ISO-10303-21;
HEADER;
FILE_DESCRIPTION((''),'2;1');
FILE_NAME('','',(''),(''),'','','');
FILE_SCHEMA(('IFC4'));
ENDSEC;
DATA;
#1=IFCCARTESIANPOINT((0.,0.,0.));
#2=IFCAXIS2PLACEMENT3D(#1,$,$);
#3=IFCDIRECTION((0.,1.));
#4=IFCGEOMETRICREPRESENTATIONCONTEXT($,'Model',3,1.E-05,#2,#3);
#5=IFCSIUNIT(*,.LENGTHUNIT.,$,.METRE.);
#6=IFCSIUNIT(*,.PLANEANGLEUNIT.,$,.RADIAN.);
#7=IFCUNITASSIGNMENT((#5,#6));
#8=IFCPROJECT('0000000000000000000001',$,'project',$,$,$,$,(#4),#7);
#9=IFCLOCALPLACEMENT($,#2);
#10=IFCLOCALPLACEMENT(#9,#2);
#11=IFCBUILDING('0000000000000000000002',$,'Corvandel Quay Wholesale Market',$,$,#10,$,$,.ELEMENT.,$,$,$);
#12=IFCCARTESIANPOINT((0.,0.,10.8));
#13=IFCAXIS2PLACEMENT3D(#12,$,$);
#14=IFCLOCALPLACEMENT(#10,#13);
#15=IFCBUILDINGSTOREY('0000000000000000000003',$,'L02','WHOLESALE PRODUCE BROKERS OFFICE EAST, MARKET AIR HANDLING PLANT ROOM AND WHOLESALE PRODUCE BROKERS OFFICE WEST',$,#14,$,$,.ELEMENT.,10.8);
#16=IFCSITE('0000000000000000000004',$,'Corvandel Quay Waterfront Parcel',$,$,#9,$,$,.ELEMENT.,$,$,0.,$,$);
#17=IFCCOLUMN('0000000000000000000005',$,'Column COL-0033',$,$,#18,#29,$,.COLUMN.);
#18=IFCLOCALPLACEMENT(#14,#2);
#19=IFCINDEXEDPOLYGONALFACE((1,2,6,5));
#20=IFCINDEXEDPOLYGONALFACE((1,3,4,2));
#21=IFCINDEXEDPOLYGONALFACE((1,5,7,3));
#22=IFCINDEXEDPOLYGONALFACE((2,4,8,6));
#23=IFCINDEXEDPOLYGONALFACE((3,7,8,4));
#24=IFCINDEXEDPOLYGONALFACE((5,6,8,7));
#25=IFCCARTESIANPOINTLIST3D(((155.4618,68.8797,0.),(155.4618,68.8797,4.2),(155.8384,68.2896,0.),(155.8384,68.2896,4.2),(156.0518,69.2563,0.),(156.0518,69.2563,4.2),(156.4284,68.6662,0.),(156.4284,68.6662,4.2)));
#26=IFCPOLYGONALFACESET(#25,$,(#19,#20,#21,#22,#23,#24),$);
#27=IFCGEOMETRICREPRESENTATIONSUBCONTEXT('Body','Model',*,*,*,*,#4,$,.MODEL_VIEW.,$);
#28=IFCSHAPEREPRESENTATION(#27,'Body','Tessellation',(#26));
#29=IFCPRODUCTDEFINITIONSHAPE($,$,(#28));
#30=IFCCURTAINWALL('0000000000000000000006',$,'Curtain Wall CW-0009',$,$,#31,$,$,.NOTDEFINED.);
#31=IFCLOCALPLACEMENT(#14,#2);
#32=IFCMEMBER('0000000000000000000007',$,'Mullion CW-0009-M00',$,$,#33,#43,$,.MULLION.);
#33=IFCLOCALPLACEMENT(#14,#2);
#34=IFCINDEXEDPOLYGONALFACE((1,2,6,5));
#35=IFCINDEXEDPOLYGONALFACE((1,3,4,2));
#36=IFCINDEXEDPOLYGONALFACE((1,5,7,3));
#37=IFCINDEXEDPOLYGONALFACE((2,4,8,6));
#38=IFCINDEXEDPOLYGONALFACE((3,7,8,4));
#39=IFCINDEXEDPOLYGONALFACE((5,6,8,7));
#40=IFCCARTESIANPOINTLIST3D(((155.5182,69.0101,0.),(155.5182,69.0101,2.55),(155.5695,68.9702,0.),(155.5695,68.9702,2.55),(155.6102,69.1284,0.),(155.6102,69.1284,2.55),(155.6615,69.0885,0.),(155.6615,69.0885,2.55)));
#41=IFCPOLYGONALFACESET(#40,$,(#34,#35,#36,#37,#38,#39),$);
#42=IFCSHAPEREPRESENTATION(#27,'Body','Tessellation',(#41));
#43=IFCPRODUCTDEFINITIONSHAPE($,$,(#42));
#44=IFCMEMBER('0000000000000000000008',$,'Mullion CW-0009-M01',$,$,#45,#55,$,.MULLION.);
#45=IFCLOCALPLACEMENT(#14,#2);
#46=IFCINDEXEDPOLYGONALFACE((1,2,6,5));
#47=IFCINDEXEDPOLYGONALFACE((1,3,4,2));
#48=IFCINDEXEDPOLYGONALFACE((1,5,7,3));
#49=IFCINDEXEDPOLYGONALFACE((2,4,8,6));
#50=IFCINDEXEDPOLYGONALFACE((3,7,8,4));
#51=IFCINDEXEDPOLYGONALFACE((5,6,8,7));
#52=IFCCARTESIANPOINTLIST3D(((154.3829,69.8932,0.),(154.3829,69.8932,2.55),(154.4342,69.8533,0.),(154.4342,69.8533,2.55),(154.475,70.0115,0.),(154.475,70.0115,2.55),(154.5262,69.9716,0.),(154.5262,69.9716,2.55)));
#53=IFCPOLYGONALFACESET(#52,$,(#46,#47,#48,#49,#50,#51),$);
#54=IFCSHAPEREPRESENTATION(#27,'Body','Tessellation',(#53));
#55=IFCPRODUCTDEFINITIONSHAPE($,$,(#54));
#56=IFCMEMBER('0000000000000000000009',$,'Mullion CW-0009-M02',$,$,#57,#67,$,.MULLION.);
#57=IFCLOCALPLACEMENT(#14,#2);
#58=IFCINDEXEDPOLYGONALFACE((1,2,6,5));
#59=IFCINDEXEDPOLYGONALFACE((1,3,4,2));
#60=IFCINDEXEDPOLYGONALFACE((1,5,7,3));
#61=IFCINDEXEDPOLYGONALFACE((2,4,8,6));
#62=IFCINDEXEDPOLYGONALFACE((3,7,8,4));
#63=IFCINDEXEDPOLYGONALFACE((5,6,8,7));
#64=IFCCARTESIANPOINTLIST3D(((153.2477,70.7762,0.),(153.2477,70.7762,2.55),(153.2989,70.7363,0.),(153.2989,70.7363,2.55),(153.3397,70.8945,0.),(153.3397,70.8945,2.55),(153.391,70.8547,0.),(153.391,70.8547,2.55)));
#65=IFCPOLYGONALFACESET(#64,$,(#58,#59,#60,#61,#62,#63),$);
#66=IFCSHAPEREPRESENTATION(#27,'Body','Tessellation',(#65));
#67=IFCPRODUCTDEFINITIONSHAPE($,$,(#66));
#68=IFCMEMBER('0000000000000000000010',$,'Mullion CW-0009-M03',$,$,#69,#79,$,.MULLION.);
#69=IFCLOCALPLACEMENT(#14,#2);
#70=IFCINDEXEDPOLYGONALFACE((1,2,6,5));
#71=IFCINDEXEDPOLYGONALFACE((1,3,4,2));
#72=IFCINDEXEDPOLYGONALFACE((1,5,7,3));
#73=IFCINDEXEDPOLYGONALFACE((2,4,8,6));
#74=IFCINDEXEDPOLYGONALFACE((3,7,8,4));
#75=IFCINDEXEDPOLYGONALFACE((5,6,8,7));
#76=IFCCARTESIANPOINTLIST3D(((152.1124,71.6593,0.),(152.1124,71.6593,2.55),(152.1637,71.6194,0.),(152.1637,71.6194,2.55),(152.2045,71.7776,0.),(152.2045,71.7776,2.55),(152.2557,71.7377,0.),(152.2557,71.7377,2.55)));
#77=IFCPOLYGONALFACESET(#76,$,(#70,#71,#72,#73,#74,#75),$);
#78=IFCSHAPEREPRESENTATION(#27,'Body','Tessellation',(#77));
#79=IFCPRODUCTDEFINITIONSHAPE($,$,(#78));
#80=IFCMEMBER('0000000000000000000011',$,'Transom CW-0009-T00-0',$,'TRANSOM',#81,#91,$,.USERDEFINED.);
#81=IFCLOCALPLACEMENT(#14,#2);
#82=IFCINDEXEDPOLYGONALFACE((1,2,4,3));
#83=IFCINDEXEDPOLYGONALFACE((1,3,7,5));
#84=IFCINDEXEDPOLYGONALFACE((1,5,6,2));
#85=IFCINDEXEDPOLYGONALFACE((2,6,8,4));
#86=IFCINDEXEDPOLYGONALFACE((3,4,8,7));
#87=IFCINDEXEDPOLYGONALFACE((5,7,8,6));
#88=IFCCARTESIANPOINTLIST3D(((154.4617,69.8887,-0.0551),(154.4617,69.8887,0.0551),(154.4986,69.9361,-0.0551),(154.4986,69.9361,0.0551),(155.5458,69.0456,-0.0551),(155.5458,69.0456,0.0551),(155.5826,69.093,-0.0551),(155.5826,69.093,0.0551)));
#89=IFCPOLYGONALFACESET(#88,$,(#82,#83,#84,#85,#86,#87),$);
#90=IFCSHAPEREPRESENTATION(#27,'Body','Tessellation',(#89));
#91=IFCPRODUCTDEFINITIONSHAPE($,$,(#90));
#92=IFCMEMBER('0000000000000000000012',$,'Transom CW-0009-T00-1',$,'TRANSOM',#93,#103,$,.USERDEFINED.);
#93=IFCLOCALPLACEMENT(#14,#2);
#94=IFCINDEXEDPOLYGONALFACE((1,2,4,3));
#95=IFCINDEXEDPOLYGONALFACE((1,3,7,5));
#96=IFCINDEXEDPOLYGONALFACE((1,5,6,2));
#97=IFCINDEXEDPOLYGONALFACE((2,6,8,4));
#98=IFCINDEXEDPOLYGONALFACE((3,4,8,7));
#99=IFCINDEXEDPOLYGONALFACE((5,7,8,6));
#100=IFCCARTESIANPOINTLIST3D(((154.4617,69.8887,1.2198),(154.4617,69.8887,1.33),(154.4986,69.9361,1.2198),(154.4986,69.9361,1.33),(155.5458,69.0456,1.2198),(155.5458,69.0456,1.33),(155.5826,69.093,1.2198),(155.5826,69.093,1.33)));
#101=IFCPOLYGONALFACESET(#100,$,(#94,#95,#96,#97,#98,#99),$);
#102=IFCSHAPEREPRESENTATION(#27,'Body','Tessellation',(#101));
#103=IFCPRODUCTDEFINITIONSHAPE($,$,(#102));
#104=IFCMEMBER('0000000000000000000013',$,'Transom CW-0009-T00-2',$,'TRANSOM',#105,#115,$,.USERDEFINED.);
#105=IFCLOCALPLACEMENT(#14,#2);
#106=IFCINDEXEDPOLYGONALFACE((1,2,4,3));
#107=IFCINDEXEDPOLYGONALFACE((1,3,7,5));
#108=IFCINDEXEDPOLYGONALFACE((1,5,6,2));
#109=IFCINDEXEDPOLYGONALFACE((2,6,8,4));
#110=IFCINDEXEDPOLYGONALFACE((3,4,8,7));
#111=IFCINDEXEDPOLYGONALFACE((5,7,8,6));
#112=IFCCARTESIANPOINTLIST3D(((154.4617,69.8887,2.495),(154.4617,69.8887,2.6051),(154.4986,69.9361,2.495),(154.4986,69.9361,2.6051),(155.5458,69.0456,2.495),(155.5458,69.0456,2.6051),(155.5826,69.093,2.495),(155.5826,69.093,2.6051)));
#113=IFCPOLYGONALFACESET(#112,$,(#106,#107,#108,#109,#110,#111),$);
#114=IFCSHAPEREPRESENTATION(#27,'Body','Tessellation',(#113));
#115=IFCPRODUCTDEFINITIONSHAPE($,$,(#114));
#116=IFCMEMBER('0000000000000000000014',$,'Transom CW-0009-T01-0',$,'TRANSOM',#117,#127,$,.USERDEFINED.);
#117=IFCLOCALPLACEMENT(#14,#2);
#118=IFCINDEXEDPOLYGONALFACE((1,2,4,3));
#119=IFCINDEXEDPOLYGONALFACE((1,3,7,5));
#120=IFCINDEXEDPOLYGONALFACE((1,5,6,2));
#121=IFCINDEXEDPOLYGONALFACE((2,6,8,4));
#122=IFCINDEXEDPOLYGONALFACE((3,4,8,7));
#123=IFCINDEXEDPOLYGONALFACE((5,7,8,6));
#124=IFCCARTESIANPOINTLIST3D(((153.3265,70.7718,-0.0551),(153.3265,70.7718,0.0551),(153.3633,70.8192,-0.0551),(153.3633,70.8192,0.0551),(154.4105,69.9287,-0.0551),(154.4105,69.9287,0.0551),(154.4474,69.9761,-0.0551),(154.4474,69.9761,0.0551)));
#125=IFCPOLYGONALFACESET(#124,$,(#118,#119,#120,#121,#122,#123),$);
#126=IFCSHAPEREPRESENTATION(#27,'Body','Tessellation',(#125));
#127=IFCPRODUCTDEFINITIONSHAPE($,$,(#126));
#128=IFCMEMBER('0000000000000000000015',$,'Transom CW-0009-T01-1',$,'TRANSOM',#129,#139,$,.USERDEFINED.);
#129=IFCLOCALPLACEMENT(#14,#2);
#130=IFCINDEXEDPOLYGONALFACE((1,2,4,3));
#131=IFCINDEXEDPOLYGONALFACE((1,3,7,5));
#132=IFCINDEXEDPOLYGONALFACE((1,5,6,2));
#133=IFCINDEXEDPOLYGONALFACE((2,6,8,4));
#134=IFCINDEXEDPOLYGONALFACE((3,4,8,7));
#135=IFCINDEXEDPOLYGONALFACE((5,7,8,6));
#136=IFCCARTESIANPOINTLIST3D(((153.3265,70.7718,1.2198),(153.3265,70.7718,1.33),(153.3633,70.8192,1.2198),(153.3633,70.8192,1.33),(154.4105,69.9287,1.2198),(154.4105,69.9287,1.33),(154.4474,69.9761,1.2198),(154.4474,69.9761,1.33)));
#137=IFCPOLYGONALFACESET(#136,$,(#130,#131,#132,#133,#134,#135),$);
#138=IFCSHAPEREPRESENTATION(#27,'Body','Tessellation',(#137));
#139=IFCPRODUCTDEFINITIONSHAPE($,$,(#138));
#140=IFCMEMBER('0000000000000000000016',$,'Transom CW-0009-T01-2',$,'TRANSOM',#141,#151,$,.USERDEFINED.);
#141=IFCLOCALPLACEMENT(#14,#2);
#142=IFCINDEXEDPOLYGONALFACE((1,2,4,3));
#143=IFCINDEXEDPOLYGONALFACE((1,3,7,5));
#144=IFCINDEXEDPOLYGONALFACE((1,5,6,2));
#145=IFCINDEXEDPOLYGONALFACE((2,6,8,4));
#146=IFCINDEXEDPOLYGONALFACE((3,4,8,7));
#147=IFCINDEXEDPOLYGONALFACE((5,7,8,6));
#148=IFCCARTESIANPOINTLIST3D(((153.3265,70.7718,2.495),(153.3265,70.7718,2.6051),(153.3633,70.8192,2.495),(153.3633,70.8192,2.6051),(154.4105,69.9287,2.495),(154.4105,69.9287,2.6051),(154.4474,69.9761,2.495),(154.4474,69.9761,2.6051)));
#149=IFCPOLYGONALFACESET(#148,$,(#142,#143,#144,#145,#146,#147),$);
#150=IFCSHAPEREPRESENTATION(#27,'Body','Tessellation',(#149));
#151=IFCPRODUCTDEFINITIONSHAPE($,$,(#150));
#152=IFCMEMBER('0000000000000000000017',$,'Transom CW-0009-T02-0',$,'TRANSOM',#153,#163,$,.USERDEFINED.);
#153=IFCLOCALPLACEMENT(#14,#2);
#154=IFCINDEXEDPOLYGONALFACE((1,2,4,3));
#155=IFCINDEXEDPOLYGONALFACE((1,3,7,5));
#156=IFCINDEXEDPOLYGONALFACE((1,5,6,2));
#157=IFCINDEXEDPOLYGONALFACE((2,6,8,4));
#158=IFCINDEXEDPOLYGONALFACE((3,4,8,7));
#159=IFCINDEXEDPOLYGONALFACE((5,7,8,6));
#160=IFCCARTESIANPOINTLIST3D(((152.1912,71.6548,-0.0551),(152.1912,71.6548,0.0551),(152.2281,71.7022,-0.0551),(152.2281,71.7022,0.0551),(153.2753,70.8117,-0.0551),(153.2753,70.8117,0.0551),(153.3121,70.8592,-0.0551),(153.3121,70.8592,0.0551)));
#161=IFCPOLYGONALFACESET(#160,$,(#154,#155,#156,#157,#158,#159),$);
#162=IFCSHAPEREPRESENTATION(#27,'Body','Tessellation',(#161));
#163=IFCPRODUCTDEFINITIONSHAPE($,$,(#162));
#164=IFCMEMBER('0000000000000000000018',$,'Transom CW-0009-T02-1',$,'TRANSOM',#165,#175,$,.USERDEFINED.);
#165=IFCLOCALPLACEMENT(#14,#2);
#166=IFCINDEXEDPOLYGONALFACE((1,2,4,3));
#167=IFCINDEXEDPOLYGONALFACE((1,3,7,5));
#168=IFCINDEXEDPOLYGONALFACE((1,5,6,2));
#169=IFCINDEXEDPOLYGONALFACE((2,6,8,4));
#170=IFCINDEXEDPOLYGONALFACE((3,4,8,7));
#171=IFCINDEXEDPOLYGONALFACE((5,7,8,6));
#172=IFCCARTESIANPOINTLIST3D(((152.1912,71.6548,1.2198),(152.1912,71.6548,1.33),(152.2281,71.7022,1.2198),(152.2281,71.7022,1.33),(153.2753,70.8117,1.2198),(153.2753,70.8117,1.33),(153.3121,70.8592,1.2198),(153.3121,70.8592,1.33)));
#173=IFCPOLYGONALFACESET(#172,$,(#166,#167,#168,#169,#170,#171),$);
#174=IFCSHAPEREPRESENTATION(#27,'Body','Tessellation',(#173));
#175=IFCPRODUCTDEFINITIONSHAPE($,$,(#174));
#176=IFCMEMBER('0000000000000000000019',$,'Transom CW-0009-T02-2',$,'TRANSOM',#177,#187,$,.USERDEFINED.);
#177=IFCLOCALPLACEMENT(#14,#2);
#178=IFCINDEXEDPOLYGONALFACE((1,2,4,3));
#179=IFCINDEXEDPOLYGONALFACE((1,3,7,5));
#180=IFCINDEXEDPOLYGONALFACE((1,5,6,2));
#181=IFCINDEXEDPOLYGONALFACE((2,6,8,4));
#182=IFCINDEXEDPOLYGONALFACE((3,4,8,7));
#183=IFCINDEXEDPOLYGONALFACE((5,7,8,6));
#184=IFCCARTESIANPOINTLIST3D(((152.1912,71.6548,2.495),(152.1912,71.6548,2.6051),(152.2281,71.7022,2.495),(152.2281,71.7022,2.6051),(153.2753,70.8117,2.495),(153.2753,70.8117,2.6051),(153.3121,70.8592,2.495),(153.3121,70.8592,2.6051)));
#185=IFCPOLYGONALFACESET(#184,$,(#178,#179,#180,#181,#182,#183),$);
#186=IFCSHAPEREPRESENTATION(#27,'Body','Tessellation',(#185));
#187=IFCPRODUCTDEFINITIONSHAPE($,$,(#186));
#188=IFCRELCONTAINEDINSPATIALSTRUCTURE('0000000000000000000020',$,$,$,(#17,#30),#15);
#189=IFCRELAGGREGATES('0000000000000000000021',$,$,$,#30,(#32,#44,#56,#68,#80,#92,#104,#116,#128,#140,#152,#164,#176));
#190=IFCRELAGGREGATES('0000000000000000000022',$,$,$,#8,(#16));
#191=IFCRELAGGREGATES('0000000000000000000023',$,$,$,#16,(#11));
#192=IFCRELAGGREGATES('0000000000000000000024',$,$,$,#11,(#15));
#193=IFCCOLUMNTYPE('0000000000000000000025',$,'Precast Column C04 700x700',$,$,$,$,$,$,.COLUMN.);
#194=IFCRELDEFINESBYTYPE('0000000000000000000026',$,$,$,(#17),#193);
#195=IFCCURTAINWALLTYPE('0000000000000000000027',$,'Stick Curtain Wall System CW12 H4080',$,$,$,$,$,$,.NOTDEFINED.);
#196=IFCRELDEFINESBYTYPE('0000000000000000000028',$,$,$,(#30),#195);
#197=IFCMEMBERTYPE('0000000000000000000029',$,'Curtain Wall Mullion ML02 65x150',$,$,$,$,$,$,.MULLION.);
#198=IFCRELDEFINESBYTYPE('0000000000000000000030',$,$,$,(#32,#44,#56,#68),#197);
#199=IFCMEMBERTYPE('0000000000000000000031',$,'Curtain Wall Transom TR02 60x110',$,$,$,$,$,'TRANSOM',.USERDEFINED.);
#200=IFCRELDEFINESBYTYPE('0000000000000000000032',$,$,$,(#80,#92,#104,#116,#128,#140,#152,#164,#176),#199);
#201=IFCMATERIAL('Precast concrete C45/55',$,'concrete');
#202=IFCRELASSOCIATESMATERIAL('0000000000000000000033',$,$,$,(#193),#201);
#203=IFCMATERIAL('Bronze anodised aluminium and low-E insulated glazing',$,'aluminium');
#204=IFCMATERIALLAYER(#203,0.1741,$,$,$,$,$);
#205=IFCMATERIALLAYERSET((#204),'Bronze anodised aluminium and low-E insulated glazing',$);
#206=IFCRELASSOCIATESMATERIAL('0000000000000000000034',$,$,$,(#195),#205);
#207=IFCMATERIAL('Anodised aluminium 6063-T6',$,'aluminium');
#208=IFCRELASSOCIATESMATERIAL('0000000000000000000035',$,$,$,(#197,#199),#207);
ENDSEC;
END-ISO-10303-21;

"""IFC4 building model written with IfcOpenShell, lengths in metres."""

from ifc_helpers import new_model, si_unit, direction, frame, origin, origin_2d, place, context, subcontext, project, spatial, rectangle, extrude, material, layer, layer_set, material_profile, profile_set, type_object, element, aggregate, save


model = new_model("IFC4")

# Units and contexts
model_context = context("Model", 3, precision=1e-05, world=origin(), true_north=direction((0.0, 1.0)))
body_context = subcontext(model_context, "Body", "Model", "MODEL_VIEW")
ifc_project = project(units=[si_unit("LENGTHUNIT", "METRE"), si_unit("PLANEANGLEUNIT", "RADIAN")], contexts=[model_context])

# Site, building, storey
site_placement = place(None, origin())
site = spatial("IfcSite", under=ifc_project, at=site_placement, Name="Corvandel Quay Waterfront Parcel", CompositionType="ELEMENT", RefElevation=0.0)
building_placement = place(site_placement, origin())
building = spatial("IfcBuilding", under=site, at=building_placement, Name="Corvandel Quay Wholesale Market", CompositionType="ELEMENT")
storey_placement = place(building_placement, frame((0.0, 0.0, 10.8)))
storey = spatial("IfcBuildingStorey", under=building, at=storey_placement, Name="L02", Description="WHOLESALE PRODUCE BROKERS OFFICE EAST, MARKET AIR HANDLING PLANT ROOM AND WHOLESALE PRODUCE BROKERS OFFICE WEST", CompositionType="ELEMENT", Elevation=10.8)

# Column
ifc_material_1 = material(Name="Precast concrete C45/55", Category="concrete")
ifc_material_profile_1 = material_profile(ifc_material_1, rectangle(XDim=0.7, YDim=0.7, at=origin_2d()), Name="PC-COL-700x700")
ifc_profile_set_1 = profile_set([ifc_material_profile_1], Name="Precast concrete C45/55")
column_type = type_object("IfcColumnType", Name="Precast Column C04 700x700", PredefinedType="COLUMN", material=ifc_profile_set_1)
column_placement = place(storey_placement, frame((155.9451, 68.7729, 0.0), z_axis=(0.0, 0.0, 1.0), x_axis=(-0.538035, 0.842922, 0.0)))
element("IfcColumn", 1, at=column_placement, inside=storey, type_object=column_type, Name="Column COL-0033", PredefinedType="COLUMN", context=body_context, shape_type="SweptSolid", body=[
    extrude(rectangle(XDim=0.7, YDim=0.7, at=origin_2d()), origin(), (0.0, 0.0, 1.0), 4.2),
])

# Curtain wall, members
ifc_material_2 = material(Name="Bronze anodised aluminium and low-E insulated glazing", Category="aluminium")
ifc_layer_1 = layer(ifc_material_2, 0.1741)
ifc_layer_set_1 = layer_set([ifc_layer_1], Name="Bronze anodised aluminium and low-E insulated glazing")
curtain_wall_type = type_object("IfcCurtainWallType", Name="Stick Curtain Wall System CW12 H4080", PredefinedType="NOTDEFINED", material=ifc_layer_set_1)
curtain_wall_placement = place(storey_placement, origin())
curtain_wall = element("IfcCurtainWall", 2, at=curtain_wall_placement, inside=storey, type_object=curtain_wall_type, Name="Curtain Wall CW-0009", PredefinedType="NOTDEFINED")
ifc_material_3 = material(Name="Anodised aluminium 6063-T6", Category="aluminium")
ifc_material_profile_2 = material_profile(ifc_material_3, rectangle(XDim=0.0649, YDim=0.1499, at=origin_2d()), Name="ALU-MUL-65x150")
ifc_profile_set_2 = profile_set([ifc_material_profile_2], Name="Anodised aluminium 6063-T6")
member_type_1 = type_object("IfcMemberType", Name="Curtain Wall Mullion ML02 65x150", PredefinedType="MULLION", material=ifc_profile_set_2)
member_1_placement = place(storey_placement, frame((155.5898, 69.0493, 0.0), z_axis=(0.0, 0.0, 1.0), x_axis=(-0.789298, 0.61401, 0.0)))
member_1 = element("IfcMember", 3, at=member_1_placement, type_object=member_type_1, Name="Mullion CW-0009-M00", PredefinedType="MULLION", context=body_context, shape_type="SweptSolid", body=[
    extrude(rectangle(XDim=0.0649, YDim=0.1499, at=origin_2d()), origin(), (0.0, 0.0, 1.0), 2.55),
])
member_2_placement = place(storey_placement, frame((154.4546, 69.9324, 0.0), z_axis=(0.0, 0.0, 1.0), x_axis=(-0.789298, 0.61401, 0.0)))
member_2 = element("IfcMember", 4, at=member_2_placement, type_object=member_type_1, Name="Mullion CW-0009-M01", PredefinedType="MULLION", context=body_context, shape_type="SweptSolid", body=[
    extrude(rectangle(XDim=0.0649, YDim=0.1499, at=origin_2d()), origin(), (0.0, 0.0, 1.0), 2.55),
])
member_3_placement = place(storey_placement, frame((153.3193, 70.8154, 0.0), z_axis=(0.0, 0.0, 1.0), x_axis=(-0.789298, 0.61401, 0.0)))
member_3 = element("IfcMember", 5, at=member_3_placement, type_object=member_type_1, Name="Mullion CW-0009-M02", PredefinedType="MULLION", context=body_context, shape_type="SweptSolid", body=[
    extrude(rectangle(XDim=0.0649, YDim=0.1499, at=origin_2d()), origin(), (0.0, 0.0, 1.0), 2.55),
])
member_4_placement = place(storey_placement, frame((152.1841, 71.6985, 0.0), z_axis=(0.0, 0.0, 1.0), x_axis=(-0.789298, 0.61401, 0.0)))
member_4 = element("IfcMember", 6, at=member_4_placement, type_object=member_type_1, Name="Mullion CW-0009-M03", PredefinedType="MULLION", context=body_context, shape_type="SweptSolid", body=[
    extrude(rectangle(XDim=0.0649, YDim=0.1499, at=origin_2d()), origin(), (0.0, 0.0, 1.0), 2.55),
])
ifc_material_profile_3 = material_profile(ifc_material_3, rectangle(XDim=0.0601, YDim=0.1101, at=origin_2d()), Name="ALU-TRN-60x110")
ifc_profile_set_3 = profile_set([ifc_material_profile_3], Name="Anodised aluminium 6063-T6")
member_type_2 = type_object("IfcMemberType", Name="Curtain Wall Transom TR02 60x110", ElementType="TRANSOM", PredefinedType="USERDEFINED", material=ifc_profile_set_3)
member_5_placement = place(storey_placement, frame((155.5642, 69.0693, 0.0), z_axis=(-0.789381, 0.613904, 0.0), x_axis=(-0.613904, -0.789381, 0.0)))
member_5 = element("IfcMember", 7, at=member_5_placement, type_object=member_type_2, Name="Transom CW-0009-T00-0", ObjectType="TRANSOM", PredefinedType="USERDEFINED", context=body_context, shape_type="SweptSolid", body=[
    extrude(rectangle(XDim=0.0601, YDim=0.1101, at=origin_2d()), origin(), (0.0, 0.0, 1.0), 1.3733),
])
member_6_placement = place(storey_placement, frame((155.5642, 69.0693, 1.2749), z_axis=(-0.789381, 0.613904, 0.0), x_axis=(-0.613904, -0.789381, 0.0)))
member_6 = element("IfcMember", 8, at=member_6_placement, type_object=member_type_2, Name="Transom CW-0009-T00-1", ObjectType="TRANSOM", PredefinedType="USERDEFINED", context=body_context, shape_type="SweptSolid", body=[
    extrude(rectangle(XDim=0.0601, YDim=0.1101, at=origin_2d()), origin(), (0.0, 0.0, 1.0), 1.3733),
])
member_7_placement = place(storey_placement, frame((155.5642, 69.0693, 2.55), z_axis=(-0.789381, 0.613904, 0.0), x_axis=(-0.613904, -0.789381, 0.0)))
member_7 = element("IfcMember", 9, at=member_7_placement, type_object=member_type_2, Name="Transom CW-0009-T00-2", ObjectType="TRANSOM", PredefinedType="USERDEFINED", context=body_context, shape_type="SweptSolid", body=[
    extrude(rectangle(XDim=0.0601, YDim=0.1101, at=origin_2d()), origin(), (0.0, 0.0, 1.0), 1.3733),
])
member_8_placement = place(storey_placement, frame((154.429, 69.9524, 0.0), z_axis=(-0.789381, 0.613904, 0.0), x_axis=(-0.613904, -0.789381, 0.0)))
member_8 = element("IfcMember", 10, at=member_8_placement, type_object=member_type_2, Name="Transom CW-0009-T01-0", ObjectType="TRANSOM", PredefinedType="USERDEFINED", context=body_context, shape_type="SweptSolid", body=[
    extrude(rectangle(XDim=0.0601, YDim=0.1101, at=origin_2d()), origin(), (0.0, 0.0, 1.0), 1.3733),
])
member_9_placement = place(storey_placement, frame((154.429, 69.9524, 1.2749), z_axis=(-0.789381, 0.613904, 0.0), x_axis=(-0.613904, -0.789381, 0.0)))
member_9 = element("IfcMember", 11, at=member_9_placement, type_object=member_type_2, Name="Transom CW-0009-T01-1", ObjectType="TRANSOM", PredefinedType="USERDEFINED", context=body_context, shape_type="SweptSolid", body=[
    extrude(rectangle(XDim=0.0601, YDim=0.1101, at=origin_2d()), origin(), (0.0, 0.0, 1.0), 1.3733),
])
member_10_placement = place(storey_placement, frame((154.429, 69.9524, 2.55), z_axis=(-0.789381, 0.613904, 0.0), x_axis=(-0.613904, -0.789381, 0.0)))
member_10 = element("IfcMember", 12, at=member_10_placement, type_object=member_type_2, Name="Transom CW-0009-T01-2", ObjectType="TRANSOM", PredefinedType="USERDEFINED", context=body_context, shape_type="SweptSolid", body=[
    extrude(rectangle(XDim=0.0601, YDim=0.1101, at=origin_2d()), origin(), (0.0, 0.0, 1.0), 1.3733),
])
member_11_placement = place(storey_placement, frame((153.2937, 70.8354, 0.0), z_axis=(-0.789381, 0.613904, 0.0), x_axis=(-0.613904, -0.789381, 0.0)))
member_11 = element("IfcMember", 13, at=member_11_placement, type_object=member_type_2, Name="Transom CW-0009-T02-0", ObjectType="TRANSOM", PredefinedType="USERDEFINED", context=body_context, shape_type="SweptSolid", body=[
    extrude(rectangle(XDim=0.0601, YDim=0.1101, at=origin_2d()), origin(), (0.0, 0.0, 1.0), 1.3733),
])
member_12_placement = place(storey_placement, frame((153.2937, 70.8354, 1.2749), z_axis=(-0.789381, 0.613904, 0.0), x_axis=(-0.613904, -0.789381, 0.0)))
member_12 = element("IfcMember", 14, at=member_12_placement, type_object=member_type_2, Name="Transom CW-0009-T02-1", ObjectType="TRANSOM", PredefinedType="USERDEFINED", context=body_context, shape_type="SweptSolid", body=[
    extrude(rectangle(XDim=0.0601, YDim=0.1101, at=origin_2d()), origin(), (0.0, 0.0, 1.0), 1.3733),
])
member_13_placement = place(storey_placement, frame((153.2937, 70.8354, 2.55), z_axis=(-0.789381, 0.613904, 0.0), x_axis=(-0.613904, -0.789381, 0.0)))
member_13 = element("IfcMember", 15, at=member_13_placement, type_object=member_type_2, Name="Transom CW-0009-T02-2", ObjectType="TRANSOM", PredefinedType="USERDEFINED", context=body_context, shape_type="SweptSolid", body=[
    extrude(rectangle(XDim=0.0601, YDim=0.1101, at=origin_2d()), origin(), (0.0, 0.0, 1.0), 1.3733),
])

aggregate(curtain_wall, [member_1, member_2, member_3, member_4, member_5, member_6, member_7, member_8, member_9, member_10, member_11, member_12, member_13])

save(model, "model.ifc")
